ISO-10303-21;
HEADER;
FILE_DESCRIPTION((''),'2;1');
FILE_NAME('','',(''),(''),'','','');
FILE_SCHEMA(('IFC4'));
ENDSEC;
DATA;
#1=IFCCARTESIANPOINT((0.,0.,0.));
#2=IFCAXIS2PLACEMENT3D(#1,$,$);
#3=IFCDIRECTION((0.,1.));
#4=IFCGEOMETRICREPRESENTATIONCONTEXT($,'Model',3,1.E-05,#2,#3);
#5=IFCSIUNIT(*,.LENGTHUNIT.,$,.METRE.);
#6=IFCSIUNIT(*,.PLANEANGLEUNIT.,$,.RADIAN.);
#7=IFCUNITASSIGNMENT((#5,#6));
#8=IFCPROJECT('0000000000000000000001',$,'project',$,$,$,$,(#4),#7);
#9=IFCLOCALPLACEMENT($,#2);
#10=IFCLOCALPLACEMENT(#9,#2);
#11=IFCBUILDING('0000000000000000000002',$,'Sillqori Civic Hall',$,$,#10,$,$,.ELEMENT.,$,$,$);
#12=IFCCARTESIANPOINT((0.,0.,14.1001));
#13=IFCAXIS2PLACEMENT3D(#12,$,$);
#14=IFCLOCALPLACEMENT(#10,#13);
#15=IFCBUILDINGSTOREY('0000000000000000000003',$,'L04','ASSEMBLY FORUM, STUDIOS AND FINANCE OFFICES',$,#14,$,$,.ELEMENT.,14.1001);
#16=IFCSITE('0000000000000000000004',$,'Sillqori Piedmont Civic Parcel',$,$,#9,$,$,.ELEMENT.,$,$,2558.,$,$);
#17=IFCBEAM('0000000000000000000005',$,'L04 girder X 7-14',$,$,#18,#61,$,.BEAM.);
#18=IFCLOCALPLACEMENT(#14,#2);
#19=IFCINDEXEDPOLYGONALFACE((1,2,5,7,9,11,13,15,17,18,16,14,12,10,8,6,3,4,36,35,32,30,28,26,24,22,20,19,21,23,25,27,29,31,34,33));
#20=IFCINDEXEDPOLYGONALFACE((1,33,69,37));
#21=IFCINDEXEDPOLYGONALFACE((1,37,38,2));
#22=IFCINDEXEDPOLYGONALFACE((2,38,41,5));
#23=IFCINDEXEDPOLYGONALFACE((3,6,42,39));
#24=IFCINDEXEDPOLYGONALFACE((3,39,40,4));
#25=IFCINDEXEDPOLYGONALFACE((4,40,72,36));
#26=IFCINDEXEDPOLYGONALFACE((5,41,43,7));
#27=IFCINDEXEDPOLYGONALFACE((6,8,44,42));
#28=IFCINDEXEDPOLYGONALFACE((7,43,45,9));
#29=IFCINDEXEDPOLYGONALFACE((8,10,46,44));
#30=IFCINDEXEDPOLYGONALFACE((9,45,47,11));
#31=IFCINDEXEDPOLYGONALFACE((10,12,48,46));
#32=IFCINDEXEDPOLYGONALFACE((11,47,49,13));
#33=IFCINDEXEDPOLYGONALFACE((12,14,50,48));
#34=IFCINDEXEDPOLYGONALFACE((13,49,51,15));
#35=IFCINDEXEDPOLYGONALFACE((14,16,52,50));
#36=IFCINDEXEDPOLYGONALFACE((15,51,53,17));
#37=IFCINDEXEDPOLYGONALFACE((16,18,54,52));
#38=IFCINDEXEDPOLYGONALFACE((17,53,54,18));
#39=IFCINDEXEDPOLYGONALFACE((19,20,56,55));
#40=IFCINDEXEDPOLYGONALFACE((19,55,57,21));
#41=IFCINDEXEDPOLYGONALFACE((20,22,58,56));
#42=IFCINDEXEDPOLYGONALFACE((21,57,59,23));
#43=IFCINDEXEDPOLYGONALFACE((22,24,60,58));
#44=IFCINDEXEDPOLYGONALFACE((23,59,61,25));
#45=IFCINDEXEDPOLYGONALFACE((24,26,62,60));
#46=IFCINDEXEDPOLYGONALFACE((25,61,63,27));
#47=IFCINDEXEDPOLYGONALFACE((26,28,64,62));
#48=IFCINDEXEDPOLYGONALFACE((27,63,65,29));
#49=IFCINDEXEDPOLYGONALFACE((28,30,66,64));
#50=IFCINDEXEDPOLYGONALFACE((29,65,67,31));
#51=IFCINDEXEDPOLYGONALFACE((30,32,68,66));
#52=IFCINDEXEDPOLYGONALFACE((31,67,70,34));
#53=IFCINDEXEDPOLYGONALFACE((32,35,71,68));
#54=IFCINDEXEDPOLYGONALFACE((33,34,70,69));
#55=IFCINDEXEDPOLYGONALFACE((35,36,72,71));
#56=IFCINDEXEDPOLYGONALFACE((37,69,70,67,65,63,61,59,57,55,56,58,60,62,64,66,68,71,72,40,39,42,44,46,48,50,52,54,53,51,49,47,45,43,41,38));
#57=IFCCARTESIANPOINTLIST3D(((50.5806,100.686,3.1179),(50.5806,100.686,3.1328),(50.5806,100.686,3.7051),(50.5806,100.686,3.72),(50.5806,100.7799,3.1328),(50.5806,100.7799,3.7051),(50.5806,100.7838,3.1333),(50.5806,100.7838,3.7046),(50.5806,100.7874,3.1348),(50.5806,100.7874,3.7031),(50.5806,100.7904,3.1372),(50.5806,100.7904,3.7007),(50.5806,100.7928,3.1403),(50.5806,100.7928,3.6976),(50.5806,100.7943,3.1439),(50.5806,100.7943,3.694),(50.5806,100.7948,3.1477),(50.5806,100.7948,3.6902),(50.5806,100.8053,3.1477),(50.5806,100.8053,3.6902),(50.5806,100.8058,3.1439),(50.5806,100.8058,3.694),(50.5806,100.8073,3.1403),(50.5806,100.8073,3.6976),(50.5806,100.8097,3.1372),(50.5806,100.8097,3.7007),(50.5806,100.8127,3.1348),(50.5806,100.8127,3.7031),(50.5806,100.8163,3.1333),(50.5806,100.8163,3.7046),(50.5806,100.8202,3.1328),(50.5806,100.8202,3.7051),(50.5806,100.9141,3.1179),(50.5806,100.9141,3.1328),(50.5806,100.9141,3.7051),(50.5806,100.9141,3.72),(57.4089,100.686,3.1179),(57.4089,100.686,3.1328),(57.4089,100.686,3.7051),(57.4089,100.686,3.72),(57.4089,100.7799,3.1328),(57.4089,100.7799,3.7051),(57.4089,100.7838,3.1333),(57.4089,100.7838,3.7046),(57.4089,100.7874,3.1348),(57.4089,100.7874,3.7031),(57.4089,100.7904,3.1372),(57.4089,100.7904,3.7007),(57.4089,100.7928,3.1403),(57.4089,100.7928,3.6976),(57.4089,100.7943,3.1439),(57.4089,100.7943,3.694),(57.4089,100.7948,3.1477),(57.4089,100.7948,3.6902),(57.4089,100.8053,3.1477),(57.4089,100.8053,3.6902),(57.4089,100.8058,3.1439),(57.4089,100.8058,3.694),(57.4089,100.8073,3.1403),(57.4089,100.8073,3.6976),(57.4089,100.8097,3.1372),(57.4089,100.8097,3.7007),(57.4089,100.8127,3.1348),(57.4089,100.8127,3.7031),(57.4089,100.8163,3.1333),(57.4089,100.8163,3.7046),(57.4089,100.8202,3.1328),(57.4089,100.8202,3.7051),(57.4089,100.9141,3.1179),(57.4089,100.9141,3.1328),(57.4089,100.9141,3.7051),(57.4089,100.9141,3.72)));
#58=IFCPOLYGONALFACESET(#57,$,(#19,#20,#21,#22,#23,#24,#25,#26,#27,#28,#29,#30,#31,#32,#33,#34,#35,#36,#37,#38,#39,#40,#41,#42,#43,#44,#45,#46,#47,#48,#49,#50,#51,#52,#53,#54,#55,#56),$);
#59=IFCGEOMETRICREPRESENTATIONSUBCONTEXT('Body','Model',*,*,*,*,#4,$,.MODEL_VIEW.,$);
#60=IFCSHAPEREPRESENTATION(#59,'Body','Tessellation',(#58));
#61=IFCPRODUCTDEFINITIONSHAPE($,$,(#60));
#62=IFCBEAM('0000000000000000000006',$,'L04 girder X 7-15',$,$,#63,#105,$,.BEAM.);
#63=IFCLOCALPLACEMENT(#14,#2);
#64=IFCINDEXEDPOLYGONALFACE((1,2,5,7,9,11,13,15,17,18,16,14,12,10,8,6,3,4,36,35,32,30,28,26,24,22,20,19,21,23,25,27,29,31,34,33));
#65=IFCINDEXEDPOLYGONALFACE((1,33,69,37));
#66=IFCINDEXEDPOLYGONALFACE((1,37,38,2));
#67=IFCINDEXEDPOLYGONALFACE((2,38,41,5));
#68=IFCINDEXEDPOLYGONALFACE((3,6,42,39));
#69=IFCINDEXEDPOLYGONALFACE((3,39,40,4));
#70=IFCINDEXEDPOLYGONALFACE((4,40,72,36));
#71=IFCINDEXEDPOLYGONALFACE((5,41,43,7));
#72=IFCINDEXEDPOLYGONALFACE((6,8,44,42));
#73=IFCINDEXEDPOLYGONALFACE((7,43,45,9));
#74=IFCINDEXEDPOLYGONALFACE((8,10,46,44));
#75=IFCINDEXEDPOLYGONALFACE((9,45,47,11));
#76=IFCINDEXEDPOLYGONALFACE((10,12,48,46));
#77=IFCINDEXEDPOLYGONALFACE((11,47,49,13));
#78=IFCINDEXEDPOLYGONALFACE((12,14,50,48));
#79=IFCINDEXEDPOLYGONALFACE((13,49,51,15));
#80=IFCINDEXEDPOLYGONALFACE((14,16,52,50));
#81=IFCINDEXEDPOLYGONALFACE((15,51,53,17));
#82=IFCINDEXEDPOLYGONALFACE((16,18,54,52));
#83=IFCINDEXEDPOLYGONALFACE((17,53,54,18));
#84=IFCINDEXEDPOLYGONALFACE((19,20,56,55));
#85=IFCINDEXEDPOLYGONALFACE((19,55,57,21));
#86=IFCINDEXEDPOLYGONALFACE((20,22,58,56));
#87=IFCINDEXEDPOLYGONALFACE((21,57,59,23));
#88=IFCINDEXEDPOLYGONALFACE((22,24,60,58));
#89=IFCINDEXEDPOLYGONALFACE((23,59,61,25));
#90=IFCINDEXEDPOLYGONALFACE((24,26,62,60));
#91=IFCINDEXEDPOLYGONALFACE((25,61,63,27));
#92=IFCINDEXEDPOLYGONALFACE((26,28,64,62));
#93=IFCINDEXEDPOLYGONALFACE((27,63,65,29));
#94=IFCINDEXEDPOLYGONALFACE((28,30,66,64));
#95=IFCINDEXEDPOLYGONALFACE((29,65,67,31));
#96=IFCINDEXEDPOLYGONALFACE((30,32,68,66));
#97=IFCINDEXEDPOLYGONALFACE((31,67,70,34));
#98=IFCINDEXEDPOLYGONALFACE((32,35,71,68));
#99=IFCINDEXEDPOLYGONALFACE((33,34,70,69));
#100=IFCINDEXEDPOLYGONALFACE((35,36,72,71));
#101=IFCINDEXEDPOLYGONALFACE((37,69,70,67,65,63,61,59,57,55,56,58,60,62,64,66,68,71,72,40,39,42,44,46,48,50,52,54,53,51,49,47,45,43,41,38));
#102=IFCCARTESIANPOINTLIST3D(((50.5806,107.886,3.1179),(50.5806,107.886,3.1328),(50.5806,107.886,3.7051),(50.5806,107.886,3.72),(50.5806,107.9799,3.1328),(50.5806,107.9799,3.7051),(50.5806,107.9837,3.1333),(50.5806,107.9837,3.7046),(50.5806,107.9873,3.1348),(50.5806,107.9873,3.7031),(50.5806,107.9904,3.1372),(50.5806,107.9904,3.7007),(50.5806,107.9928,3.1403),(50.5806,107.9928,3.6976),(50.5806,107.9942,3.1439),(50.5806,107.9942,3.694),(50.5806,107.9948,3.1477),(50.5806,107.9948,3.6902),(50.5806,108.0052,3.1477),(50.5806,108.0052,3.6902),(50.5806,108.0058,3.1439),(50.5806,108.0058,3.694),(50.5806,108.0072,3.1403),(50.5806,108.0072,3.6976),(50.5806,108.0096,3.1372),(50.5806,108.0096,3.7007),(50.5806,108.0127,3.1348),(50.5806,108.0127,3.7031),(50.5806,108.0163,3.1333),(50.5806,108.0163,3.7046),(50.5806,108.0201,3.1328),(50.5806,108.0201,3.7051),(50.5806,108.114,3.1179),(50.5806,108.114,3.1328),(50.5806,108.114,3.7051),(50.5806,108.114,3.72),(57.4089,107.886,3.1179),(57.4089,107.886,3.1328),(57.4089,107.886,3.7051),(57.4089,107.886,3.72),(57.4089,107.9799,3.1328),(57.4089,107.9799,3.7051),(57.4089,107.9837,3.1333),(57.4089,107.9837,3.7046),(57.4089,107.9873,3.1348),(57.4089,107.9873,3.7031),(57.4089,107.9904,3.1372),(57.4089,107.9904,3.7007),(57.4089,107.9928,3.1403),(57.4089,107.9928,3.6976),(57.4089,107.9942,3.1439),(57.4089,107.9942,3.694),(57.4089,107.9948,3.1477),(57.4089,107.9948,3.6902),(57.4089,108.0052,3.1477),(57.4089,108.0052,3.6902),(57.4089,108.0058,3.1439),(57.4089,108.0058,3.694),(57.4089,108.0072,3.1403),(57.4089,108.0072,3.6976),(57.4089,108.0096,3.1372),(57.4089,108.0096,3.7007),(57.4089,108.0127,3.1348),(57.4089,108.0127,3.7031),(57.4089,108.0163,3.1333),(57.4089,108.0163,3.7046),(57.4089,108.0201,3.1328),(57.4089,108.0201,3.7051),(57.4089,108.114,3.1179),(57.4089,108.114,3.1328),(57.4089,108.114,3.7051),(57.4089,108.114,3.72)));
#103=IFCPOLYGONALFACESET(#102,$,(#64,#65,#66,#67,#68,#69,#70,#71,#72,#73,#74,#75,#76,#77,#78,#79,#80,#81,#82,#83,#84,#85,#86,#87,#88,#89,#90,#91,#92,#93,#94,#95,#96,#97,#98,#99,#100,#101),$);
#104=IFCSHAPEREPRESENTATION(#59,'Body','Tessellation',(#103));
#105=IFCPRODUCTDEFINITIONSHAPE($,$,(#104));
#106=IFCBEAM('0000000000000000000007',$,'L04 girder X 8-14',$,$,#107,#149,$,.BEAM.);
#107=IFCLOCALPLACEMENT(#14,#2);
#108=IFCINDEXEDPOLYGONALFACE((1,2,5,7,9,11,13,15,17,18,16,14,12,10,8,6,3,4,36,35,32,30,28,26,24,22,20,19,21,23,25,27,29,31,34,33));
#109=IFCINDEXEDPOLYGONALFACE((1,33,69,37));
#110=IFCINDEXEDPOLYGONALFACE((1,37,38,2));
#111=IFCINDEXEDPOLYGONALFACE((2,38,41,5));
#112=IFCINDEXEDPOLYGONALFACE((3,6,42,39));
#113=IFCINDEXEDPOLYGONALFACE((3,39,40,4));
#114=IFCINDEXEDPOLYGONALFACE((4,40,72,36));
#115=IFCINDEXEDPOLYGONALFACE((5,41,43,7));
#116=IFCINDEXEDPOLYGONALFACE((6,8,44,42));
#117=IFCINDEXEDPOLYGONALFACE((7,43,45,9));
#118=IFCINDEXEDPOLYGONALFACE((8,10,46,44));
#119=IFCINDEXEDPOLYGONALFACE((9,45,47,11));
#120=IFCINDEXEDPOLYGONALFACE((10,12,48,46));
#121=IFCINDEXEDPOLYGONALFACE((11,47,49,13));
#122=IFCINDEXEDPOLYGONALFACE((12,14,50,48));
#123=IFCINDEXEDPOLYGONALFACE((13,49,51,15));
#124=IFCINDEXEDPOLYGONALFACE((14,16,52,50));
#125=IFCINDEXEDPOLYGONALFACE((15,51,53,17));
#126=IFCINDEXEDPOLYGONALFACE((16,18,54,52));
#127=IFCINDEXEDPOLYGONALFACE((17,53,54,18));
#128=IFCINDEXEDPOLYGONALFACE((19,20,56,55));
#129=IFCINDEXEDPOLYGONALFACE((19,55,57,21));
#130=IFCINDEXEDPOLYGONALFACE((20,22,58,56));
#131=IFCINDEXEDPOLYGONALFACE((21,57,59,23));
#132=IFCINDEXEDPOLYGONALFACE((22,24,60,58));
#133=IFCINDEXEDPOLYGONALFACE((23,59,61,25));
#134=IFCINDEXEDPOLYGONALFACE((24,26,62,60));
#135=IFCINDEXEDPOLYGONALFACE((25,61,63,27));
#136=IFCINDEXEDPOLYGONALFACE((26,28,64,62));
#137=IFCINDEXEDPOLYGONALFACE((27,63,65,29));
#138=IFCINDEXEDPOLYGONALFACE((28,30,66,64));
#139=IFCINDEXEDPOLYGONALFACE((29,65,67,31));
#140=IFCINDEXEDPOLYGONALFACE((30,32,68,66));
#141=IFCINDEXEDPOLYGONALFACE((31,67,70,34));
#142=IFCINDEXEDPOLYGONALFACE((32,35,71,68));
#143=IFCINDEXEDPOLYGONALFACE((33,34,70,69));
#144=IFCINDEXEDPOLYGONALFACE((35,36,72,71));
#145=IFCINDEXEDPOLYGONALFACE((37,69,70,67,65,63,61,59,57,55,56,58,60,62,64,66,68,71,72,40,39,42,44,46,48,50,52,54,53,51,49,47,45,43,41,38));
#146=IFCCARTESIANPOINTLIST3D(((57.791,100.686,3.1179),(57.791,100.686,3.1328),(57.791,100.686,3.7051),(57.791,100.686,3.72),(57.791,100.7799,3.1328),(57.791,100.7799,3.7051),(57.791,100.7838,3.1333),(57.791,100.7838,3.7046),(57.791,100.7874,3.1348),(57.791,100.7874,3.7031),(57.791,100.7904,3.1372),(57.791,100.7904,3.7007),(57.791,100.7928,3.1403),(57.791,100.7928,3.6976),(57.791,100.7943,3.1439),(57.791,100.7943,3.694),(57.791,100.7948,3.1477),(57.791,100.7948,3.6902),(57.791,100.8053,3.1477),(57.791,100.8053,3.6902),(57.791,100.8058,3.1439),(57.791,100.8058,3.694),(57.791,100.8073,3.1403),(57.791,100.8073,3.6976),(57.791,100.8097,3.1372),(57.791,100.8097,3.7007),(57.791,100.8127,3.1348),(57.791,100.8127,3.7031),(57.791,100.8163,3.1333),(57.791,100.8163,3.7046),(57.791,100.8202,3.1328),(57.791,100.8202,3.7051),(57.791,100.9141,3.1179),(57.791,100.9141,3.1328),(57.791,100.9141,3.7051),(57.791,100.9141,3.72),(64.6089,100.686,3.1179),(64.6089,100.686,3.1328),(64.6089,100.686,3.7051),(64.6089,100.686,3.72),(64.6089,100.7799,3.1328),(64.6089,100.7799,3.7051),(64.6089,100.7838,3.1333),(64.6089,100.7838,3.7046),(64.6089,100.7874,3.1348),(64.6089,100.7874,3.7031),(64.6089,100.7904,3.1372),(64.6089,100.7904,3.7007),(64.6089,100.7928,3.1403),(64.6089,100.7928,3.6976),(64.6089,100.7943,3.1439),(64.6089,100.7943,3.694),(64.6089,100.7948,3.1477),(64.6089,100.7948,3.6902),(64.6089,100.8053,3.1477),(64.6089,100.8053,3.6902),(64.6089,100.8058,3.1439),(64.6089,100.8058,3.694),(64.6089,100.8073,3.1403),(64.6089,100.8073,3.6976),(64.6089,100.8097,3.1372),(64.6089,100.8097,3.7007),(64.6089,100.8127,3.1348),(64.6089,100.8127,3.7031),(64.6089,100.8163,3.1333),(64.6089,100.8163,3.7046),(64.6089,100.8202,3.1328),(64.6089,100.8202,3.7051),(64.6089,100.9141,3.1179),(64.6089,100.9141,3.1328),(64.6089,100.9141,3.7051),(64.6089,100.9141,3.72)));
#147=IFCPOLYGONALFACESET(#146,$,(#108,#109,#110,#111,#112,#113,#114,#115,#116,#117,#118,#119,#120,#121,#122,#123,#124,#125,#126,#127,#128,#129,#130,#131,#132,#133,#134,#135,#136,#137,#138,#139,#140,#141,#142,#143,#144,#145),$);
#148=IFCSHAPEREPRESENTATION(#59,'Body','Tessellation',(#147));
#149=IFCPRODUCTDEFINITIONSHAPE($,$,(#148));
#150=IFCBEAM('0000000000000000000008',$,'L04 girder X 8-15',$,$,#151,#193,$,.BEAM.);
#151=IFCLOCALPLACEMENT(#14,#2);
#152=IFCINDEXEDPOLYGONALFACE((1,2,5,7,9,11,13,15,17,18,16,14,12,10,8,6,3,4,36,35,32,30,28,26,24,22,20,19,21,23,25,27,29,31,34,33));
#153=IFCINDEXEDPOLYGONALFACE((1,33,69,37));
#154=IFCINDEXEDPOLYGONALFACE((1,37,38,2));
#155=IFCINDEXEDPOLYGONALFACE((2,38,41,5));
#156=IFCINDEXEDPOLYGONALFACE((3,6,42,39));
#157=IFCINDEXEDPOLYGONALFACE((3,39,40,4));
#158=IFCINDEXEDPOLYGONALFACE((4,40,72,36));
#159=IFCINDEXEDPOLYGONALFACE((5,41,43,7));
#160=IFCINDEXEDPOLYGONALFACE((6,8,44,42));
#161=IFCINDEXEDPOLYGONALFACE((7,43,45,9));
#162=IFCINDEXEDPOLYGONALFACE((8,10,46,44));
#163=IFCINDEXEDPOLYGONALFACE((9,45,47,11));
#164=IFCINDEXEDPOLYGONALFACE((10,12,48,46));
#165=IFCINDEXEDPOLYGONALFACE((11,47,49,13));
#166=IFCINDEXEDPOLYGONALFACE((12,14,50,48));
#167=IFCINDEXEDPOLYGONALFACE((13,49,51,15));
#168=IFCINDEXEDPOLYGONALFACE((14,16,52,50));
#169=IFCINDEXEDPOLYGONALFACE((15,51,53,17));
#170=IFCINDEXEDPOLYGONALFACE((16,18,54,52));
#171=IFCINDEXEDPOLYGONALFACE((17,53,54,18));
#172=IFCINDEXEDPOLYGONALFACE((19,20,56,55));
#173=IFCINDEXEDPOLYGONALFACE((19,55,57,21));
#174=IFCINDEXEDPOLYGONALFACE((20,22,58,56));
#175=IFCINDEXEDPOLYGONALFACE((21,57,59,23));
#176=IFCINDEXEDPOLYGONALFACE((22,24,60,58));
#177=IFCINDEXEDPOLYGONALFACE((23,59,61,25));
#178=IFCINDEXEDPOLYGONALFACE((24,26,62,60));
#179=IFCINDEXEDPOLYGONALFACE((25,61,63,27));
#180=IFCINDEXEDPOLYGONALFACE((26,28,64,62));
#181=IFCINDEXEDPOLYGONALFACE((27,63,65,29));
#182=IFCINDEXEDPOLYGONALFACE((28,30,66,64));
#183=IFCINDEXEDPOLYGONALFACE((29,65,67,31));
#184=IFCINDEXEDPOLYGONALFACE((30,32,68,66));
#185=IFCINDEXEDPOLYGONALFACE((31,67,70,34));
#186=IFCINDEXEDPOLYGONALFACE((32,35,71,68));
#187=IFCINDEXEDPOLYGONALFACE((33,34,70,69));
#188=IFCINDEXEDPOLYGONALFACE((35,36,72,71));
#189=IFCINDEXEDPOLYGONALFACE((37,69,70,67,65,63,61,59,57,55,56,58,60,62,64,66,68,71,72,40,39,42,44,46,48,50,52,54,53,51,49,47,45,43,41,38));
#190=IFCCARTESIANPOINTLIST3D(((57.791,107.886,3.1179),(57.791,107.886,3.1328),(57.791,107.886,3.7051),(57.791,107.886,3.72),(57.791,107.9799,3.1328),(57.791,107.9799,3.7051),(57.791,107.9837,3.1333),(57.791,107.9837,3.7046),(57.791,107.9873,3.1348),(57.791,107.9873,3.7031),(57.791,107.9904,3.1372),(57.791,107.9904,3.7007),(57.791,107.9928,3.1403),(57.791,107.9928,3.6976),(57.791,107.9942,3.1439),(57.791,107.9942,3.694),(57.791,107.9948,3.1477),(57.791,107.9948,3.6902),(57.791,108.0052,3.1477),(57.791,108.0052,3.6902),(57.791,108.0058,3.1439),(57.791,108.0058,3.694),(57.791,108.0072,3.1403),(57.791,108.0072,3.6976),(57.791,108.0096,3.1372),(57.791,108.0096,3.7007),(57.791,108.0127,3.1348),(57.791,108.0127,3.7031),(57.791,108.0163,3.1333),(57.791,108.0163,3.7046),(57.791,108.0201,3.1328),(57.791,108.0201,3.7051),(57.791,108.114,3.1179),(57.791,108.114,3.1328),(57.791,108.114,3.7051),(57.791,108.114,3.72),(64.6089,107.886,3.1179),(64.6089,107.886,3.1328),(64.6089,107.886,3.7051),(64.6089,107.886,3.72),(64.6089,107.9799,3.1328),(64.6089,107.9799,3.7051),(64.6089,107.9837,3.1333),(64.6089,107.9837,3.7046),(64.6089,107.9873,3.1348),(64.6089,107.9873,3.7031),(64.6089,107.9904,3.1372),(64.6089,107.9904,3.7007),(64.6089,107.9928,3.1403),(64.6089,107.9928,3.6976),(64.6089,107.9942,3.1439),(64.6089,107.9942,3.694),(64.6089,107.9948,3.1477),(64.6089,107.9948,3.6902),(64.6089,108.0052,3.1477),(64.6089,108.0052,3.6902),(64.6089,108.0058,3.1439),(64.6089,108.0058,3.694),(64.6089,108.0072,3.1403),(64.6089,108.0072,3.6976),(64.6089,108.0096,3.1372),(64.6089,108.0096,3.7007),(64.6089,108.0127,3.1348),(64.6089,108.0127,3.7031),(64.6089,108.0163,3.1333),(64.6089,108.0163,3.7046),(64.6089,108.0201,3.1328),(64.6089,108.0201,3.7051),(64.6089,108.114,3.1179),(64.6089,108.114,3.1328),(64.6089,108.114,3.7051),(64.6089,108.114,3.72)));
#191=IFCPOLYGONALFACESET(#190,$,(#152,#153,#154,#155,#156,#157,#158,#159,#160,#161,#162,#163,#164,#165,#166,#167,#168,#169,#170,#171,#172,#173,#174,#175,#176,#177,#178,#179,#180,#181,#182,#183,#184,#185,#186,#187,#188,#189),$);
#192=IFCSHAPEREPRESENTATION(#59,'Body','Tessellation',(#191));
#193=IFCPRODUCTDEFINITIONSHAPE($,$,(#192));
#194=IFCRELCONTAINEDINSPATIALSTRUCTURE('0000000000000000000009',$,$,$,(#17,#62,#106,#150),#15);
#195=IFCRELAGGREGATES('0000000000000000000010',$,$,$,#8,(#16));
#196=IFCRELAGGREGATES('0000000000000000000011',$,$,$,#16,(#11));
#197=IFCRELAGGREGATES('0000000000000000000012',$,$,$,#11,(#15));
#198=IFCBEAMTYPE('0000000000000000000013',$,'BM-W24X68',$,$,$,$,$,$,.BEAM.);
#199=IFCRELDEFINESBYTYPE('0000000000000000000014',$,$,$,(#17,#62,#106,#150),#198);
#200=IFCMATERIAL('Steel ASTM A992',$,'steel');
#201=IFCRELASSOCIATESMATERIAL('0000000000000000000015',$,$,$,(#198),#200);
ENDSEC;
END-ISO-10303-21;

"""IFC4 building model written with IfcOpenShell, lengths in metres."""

from ifc_helpers import new_model, si_unit, direction, frame, origin, origin_2d, place, context, subcontext, project, spatial, i_section, extrude, material, material_profile, profile_set, type_object, element, save


model = new_model("IFC4")

# Units and contexts
model_context = context("Model", 3, precision=1e-05, world=origin(), true_north=direction((0.0, 1.0)))
body_context = subcontext(model_context, "Body", "Model", "MODEL_VIEW")
ifc_project = project(units=[si_unit("LENGTHUNIT", "METRE"), si_unit("PLANEANGLEUNIT", "RADIAN")], contexts=[model_context])

# Site, building, storey
site_placement = place(None, origin())
site = spatial("IfcSite", under=ifc_project, at=site_placement, Name="Sillqori Piedmont Civic Parcel", CompositionType="ELEMENT", RefElevation=2558.0)
building_placement = place(site_placement, origin())
building = spatial("IfcBuilding", under=site, at=building_placement, Name="Sillqori Civic Hall", CompositionType="ELEMENT")
storey_placement = place(building_placement, frame((0.0, 0.0, 14.1001)))
storey = spatial("IfcBuildingStorey", under=building, at=storey_placement, Name="L04", Description="ASSEMBLY FORUM, STUDIOS AND FINANCE OFFICES", CompositionType="ELEMENT", Elevation=14.1001)

# Shared definitions
ifc_material_1 = material(Name="Steel ASTM A992", Category="steel")

# Beams
ifc_material_profile_1 = material_profile(ifc_material_1, i_section(OverallWidth=0.228, OverallDepth=0.6021, WebThickness=0.0105, FlangeThickness=0.0149, FilletRadius=0.0149, at=origin_2d()), Name="W24X68")
ifc_profile_set_1 = profile_set([ifc_material_profile_1], Name="Steel ASTM A992")
beam_type_1 = type_object("IfcBeamType", Name="BM-W24X68", PredefinedType="BEAM", material=ifc_profile_set_1)
for number, where, z_axis, x_axis, name in (
    (1, (50.5806, 100.8, 3.4189), (1.0, 0.0, 0.0), (0.0, 1.0, 0.0), "L04 girder X 7-14"),
    (2, (50.5806, 108.0, 3.4189), (1.0, 0.0, 0.0), (0.0, 1.0, 0.0), "L04 girder X 7-15"),
):
    element("IfcBeam", number, at=place(storey_placement, frame(where, z_axis=z_axis, x_axis=x_axis)), inside=storey, type_object=beam_type_1, Name=name, PredefinedType="BEAM", context=body_context, shape_type="SweptSolid", body=[
        extrude(i_section(OverallWidth=0.228, OverallDepth=0.6021, WebThickness=0.0105, FlangeThickness=0.0149, FilletRadius=0.0149, at=origin_2d()), origin(), (0.0, 0.0, 1.0), 6.8284),
    ])
for number, where, z_axis, x_axis, name in (
    (3, (57.791, 100.8, 3.4189), (1.0, 0.0, 0.0), (0.0, 1.0, 0.0), "L04 girder X 8-14"),
    (4, (57.791, 108.0, 3.4189), (1.0, 0.0, 0.0), (0.0, 1.0, 0.0), "L04 girder X 8-15"),
):
    element("IfcBeam", number, at=place(storey_placement, frame(where, z_axis=z_axis, x_axis=x_axis)), inside=storey, type_object=beam_type_1, Name=name, PredefinedType="BEAM", context=body_context, shape_type="SweptSolid", body=[
        extrude(i_section(OverallWidth=0.228, OverallDepth=0.6021, WebThickness=0.0105, FlangeThickness=0.0149, FilletRadius=0.0149, at=origin_2d()), origin(), (0.0, 0.0, 1.0), 6.8179),
    ])

save(model, "model.ifc")
